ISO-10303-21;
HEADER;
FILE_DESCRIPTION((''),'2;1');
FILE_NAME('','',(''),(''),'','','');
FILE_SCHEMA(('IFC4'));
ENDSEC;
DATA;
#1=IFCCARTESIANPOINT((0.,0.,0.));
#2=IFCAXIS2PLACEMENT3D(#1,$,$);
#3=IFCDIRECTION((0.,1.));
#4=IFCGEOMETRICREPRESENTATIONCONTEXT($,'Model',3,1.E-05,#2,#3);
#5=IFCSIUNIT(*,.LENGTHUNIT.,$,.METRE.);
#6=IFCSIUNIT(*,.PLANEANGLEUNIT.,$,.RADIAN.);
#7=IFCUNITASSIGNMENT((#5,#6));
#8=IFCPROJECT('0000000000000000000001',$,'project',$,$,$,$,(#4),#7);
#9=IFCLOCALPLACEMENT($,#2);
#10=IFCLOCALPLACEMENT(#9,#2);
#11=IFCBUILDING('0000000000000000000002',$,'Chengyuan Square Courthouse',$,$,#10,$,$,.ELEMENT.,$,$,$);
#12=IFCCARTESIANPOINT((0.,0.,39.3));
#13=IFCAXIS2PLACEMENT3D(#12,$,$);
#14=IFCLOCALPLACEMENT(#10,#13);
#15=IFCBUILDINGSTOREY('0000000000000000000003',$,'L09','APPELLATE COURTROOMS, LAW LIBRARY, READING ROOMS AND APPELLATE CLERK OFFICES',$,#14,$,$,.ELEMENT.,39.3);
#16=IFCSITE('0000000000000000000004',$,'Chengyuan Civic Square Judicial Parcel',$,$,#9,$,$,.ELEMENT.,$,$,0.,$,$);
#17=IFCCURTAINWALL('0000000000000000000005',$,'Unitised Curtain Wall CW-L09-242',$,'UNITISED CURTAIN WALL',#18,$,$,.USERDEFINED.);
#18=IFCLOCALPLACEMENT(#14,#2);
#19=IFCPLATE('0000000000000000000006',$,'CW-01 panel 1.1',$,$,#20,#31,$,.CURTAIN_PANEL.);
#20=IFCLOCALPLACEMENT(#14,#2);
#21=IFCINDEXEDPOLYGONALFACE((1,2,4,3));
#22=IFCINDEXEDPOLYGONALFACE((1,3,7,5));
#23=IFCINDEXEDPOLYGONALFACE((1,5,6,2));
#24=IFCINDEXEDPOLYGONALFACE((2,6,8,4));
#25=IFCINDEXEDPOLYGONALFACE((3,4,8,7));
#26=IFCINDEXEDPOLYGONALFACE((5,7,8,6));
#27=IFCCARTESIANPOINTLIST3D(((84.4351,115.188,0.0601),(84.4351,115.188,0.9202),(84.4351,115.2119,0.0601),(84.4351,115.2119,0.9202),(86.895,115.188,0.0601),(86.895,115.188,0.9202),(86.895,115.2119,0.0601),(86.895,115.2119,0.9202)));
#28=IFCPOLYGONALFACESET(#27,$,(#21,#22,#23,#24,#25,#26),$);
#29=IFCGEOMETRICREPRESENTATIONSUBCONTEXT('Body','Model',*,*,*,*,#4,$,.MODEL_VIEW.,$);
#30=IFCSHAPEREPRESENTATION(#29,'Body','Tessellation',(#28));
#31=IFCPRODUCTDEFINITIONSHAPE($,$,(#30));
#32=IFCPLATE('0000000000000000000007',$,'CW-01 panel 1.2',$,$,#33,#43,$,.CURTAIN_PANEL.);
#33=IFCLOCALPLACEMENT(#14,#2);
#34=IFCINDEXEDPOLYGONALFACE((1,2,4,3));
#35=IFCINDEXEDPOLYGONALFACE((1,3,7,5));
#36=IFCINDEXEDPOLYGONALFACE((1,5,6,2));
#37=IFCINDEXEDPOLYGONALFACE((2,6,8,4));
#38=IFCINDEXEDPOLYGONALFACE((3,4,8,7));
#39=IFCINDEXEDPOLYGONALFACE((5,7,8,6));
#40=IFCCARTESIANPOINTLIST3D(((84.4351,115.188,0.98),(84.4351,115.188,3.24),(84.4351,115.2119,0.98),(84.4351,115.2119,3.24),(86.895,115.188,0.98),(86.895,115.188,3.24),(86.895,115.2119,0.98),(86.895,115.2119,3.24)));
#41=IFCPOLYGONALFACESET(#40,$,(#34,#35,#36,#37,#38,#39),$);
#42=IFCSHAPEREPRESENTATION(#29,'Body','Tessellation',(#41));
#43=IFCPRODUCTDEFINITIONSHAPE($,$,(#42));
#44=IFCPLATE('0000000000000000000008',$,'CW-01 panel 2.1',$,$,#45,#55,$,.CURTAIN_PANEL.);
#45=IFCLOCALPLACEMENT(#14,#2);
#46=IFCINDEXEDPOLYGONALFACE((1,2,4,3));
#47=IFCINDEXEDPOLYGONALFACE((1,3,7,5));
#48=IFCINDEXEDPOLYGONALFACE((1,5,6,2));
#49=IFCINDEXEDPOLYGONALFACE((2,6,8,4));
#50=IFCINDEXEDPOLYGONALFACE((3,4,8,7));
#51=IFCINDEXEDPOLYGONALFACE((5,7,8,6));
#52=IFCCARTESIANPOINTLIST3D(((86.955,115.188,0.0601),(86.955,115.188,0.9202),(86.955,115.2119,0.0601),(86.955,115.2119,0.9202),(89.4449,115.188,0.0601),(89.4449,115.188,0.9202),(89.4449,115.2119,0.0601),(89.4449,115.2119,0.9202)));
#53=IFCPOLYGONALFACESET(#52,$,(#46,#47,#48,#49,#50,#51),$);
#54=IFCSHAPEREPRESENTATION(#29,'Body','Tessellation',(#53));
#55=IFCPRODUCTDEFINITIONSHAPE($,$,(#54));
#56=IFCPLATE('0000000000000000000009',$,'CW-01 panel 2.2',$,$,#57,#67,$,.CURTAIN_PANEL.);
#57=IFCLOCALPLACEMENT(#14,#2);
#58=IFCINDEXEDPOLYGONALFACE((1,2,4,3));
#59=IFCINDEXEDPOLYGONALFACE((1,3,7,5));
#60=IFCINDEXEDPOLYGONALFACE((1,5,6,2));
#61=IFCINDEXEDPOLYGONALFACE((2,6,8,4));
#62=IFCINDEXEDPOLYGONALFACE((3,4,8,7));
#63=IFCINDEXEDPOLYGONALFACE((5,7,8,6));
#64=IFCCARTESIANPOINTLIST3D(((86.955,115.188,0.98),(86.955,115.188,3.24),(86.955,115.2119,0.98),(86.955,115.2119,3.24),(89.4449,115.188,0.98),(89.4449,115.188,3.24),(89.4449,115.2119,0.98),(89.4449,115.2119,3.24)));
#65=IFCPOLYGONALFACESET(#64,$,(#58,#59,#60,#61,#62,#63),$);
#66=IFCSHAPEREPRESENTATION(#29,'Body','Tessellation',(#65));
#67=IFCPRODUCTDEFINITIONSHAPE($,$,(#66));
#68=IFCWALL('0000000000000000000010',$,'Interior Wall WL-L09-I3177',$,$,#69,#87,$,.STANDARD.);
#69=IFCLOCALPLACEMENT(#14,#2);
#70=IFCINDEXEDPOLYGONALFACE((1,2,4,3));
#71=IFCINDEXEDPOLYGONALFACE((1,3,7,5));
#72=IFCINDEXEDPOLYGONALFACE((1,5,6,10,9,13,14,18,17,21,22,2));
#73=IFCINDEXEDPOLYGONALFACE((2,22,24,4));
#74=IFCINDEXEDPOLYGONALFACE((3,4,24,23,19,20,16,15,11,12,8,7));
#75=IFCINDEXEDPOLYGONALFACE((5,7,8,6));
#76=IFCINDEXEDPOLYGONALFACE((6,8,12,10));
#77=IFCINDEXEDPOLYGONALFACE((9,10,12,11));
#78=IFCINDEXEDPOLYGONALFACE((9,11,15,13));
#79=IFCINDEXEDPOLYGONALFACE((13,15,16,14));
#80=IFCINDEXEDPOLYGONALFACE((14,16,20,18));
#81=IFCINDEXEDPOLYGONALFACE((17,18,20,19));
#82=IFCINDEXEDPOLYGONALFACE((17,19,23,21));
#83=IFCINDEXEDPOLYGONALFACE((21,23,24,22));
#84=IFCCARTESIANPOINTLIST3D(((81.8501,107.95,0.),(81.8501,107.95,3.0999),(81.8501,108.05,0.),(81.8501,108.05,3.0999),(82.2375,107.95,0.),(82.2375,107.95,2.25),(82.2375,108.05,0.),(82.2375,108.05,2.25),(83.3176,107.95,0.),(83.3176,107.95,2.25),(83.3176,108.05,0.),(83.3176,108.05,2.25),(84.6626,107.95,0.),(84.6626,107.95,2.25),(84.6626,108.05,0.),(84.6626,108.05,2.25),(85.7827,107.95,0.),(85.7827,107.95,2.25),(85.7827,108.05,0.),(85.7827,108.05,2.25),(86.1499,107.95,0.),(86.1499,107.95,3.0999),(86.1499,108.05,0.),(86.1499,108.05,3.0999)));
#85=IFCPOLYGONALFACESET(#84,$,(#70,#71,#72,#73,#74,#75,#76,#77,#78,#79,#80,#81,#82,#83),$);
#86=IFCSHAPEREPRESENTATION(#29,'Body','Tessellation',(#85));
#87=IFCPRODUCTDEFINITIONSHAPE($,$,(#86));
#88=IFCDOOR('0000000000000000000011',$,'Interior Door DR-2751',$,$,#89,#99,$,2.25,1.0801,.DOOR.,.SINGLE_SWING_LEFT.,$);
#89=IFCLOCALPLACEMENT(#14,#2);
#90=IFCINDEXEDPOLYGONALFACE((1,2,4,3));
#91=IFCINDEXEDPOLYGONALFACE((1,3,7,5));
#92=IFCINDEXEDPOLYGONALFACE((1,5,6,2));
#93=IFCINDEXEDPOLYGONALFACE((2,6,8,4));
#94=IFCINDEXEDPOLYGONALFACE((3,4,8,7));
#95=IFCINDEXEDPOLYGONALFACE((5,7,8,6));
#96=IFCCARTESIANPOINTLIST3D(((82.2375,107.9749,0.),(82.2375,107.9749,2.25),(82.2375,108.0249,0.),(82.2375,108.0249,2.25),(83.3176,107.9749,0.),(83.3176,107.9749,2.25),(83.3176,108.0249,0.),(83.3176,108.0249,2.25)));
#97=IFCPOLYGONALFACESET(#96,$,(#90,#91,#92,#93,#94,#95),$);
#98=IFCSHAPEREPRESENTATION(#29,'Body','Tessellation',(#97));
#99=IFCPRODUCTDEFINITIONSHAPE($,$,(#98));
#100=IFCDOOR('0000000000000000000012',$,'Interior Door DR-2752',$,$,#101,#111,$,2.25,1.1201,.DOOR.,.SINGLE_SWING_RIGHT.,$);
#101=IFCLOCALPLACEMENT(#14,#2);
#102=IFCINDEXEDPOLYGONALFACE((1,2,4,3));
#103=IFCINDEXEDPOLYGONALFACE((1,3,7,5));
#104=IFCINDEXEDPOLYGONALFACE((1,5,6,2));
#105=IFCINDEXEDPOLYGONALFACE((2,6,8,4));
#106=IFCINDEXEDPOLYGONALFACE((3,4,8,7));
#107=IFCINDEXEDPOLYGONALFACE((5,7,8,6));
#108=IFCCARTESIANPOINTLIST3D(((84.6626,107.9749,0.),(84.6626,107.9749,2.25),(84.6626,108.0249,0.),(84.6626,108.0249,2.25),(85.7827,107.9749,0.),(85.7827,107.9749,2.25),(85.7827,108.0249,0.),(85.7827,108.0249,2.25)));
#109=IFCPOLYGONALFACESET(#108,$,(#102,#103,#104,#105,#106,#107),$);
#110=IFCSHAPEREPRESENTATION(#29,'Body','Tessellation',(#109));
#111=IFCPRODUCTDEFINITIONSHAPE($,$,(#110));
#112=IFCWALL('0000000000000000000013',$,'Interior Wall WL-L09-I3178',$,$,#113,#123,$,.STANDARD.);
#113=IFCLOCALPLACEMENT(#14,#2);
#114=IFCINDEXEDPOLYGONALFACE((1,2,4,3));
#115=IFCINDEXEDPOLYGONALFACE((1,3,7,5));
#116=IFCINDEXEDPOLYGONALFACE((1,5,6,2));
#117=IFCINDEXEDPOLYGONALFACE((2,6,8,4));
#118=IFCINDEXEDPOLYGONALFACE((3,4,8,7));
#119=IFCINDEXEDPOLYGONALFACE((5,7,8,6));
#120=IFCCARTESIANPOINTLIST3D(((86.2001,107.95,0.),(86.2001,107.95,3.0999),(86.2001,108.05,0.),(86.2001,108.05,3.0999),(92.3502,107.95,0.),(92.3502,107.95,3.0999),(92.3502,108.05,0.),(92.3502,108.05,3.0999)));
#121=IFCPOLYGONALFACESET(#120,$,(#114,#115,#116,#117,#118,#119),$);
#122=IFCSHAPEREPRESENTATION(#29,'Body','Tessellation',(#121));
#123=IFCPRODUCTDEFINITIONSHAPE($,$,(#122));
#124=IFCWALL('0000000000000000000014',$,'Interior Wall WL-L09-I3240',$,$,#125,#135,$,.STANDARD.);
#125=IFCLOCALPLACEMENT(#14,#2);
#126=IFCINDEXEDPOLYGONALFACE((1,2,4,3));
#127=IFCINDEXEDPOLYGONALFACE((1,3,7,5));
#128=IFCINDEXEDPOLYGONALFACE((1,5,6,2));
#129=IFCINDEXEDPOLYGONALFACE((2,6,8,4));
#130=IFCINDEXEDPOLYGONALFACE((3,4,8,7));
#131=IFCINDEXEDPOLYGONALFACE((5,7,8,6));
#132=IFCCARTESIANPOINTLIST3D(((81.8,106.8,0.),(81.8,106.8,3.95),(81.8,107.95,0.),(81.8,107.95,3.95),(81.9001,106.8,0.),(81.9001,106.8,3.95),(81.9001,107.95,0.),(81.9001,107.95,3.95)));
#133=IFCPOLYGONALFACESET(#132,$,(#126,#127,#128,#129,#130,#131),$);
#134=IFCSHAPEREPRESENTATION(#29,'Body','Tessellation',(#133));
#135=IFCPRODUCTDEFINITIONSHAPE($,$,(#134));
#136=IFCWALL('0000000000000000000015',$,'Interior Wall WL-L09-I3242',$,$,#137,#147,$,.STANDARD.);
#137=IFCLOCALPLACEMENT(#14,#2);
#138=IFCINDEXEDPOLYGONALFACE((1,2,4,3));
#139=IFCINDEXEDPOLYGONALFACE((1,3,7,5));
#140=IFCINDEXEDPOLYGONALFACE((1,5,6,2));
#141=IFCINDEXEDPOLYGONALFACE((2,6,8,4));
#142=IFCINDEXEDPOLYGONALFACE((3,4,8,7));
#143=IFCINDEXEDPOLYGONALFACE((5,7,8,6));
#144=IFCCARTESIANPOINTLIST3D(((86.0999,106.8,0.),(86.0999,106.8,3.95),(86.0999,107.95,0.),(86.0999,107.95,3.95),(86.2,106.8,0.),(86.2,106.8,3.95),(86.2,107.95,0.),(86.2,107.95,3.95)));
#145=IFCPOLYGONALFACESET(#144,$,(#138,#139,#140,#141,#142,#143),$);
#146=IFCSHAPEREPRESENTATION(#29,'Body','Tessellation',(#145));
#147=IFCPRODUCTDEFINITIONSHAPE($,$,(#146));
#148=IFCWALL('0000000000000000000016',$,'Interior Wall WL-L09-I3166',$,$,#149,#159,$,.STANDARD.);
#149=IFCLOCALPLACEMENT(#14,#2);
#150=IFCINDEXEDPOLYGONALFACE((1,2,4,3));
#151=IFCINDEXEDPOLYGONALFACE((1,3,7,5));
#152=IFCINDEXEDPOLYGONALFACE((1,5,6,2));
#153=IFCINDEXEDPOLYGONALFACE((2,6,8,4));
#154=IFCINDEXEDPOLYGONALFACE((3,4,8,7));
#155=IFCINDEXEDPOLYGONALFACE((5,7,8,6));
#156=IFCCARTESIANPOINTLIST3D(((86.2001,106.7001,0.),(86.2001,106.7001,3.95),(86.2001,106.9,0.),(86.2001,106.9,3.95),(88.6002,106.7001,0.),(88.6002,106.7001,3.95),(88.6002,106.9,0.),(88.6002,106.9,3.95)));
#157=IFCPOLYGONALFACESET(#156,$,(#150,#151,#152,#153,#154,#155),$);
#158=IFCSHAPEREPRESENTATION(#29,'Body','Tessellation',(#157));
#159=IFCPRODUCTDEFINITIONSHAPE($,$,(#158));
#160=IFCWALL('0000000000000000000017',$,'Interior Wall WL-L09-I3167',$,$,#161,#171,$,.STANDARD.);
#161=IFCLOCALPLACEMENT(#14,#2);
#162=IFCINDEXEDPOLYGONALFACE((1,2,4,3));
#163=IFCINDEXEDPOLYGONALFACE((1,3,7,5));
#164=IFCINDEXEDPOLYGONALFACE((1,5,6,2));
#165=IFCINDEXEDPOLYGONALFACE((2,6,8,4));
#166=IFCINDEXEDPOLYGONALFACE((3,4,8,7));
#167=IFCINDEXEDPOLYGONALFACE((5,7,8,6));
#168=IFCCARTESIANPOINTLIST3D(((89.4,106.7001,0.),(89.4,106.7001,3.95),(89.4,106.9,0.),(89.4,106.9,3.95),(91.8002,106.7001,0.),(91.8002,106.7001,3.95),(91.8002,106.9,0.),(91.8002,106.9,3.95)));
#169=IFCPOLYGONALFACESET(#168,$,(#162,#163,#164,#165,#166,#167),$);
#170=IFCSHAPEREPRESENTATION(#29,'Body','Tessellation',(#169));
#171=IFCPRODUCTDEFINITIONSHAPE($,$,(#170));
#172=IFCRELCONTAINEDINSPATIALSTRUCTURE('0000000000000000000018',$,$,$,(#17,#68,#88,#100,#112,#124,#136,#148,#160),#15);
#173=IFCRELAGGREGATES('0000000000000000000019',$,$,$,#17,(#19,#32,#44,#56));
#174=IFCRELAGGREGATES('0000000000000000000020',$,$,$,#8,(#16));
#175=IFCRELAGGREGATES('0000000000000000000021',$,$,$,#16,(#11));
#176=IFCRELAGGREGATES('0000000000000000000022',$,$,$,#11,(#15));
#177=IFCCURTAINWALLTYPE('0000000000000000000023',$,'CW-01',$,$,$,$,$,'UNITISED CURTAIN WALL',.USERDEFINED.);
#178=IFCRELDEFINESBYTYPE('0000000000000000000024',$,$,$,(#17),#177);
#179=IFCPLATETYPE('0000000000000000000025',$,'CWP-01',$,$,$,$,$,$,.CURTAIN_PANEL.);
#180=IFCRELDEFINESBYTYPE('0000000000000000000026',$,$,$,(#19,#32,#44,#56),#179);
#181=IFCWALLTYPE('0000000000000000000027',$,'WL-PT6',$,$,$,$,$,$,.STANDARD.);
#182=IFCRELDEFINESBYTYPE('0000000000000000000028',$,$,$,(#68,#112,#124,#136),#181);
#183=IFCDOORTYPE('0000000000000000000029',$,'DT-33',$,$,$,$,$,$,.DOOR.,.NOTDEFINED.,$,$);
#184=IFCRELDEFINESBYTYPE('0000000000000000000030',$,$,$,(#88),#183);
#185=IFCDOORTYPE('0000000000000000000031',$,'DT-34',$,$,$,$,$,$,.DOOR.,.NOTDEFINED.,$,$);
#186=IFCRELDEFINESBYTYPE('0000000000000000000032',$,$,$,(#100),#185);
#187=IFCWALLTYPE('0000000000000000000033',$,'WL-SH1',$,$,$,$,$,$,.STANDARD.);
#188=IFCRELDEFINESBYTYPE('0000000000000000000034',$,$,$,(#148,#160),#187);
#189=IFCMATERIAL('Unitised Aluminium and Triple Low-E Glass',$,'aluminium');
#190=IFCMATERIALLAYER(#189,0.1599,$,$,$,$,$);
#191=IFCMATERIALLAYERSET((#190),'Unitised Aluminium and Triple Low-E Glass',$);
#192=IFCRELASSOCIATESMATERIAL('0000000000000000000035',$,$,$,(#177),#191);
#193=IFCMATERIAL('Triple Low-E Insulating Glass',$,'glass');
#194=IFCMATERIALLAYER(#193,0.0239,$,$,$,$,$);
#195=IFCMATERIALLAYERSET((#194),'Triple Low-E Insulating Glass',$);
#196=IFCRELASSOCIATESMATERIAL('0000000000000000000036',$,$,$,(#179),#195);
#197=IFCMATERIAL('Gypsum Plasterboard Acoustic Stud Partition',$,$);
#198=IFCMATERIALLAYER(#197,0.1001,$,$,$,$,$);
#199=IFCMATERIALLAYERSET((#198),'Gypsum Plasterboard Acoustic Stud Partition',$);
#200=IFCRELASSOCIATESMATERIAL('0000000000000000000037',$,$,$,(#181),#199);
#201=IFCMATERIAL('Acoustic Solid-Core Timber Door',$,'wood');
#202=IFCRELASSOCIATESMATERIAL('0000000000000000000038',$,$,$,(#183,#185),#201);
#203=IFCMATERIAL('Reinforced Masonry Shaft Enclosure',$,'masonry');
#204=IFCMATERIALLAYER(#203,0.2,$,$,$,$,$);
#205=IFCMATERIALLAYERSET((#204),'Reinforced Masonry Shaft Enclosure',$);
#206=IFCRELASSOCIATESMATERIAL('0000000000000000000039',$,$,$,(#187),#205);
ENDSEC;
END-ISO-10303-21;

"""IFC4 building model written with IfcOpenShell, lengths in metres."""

from ifc_helpers import new_model, si_unit, direction, frame, frame_2d, origin, origin_2d, place, context, subcontext, project, spatial, rectangle, extrude, material, layer, layer_set, type_object, element, fill, aggregate, save


model = new_model("IFC4")

# Units and contexts
model_context = context("Model", 3, precision=1e-05, world=origin(), true_north=direction((0.0, 1.0)))
body_context = subcontext(model_context, "Body", "Model", "MODEL_VIEW")
ifc_project = project(units=[si_unit("LENGTHUNIT", "METRE"), si_unit("PLANEANGLEUNIT", "RADIAN")], contexts=[model_context])

# Site, building, storey
site_placement = place(None, origin())
site = spatial("IfcSite", under=ifc_project, at=site_placement, Name="Chengyuan Civic Square Judicial Parcel", CompositionType="ELEMENT", RefElevation=0.0)
building_placement = place(site_placement, origin())
building = spatial("IfcBuilding", under=site, at=building_placement, Name="Chengyuan Square Courthouse", CompositionType="ELEMENT")
storey_placement = place(building_placement, frame((0.0, 0.0, 39.3)))
storey = spatial("IfcBuildingStorey", under=building, at=storey_placement, Name="L09", Description="APPELLATE COURTROOMS, LAW LIBRARY, READING ROOMS AND APPELLATE CLERK OFFICES", CompositionType="ELEMENT", Elevation=39.3)

# Curtain wall, plates
ifc_material_1 = material(Name="Unitised Aluminium and Triple Low-E Glass", Category="aluminium")
ifc_layer_1 = layer(ifc_material_1, 0.1599)
ifc_layer_set_1 = layer_set([ifc_layer_1], Name="Unitised Aluminium and Triple Low-E Glass")
curtain_wall_type = type_object("IfcCurtainWallType", Name="CW-01", ElementType="UNITISED CURTAIN WALL", PredefinedType="USERDEFINED", material=ifc_layer_set_1)
curtain_wall_placement = place(storey_placement, origin())
curtain_wall = element("IfcCurtainWall", 1, at=curtain_wall_placement, inside=storey, type_object=curtain_wall_type, Name="Unitised Curtain Wall CW-L09-242", ObjectType="UNITISED CURTAIN WALL", PredefinedType="USERDEFINED")
ifc_material_2 = material(Name="Triple Low-E Insulating Glass", Category="glass")
ifc_layer_2 = layer(ifc_material_2, 0.0239)
ifc_layer_set_2 = layer_set([ifc_layer_2], Name="Triple Low-E Insulating Glass")
plate_type = type_object("IfcPlateType", Name="CWP-01", PredefinedType="CURTAIN_PANEL", material=ifc_layer_set_2)
plate_1_placement = place(storey_placement, frame((85.665, 115.2, 0.0601), z_axis=(0.0, 0.0, 1.0), x_axis=(1.0, 0.0, 0.0)))
plate_1 = element("IfcPlate", 2, at=plate_1_placement, type_object=plate_type, Name="CW-01 panel 1.1", PredefinedType="CURTAIN_PANEL", context=body_context, shape_type="SweptSolid", body=[
    extrude(rectangle(XDim=2.46, YDim=0.0239, at=origin_2d()), origin(), (0.0, 0.0, 1.0), 0.8601),
])
plate_2_placement = place(storey_placement, frame((85.665, 115.2, 0.98), z_axis=(0.0, 0.0, 1.0), x_axis=(1.0, 0.0, 0.0)))
plate_2 = element("IfcPlate", 3, at=plate_2_placement, type_object=plate_type, Name="CW-01 panel 1.2", PredefinedType="CURTAIN_PANEL", context=body_context, shape_type="SweptSolid", body=[
    extrude(rectangle(XDim=2.46, YDim=0.0239, at=origin_2d()), origin(), (0.0, 0.0, 1.0), 2.26),
])
plate_3_placement = place(storey_placement, frame((88.2, 115.2, 0.0601), z_axis=(0.0, 0.0, 1.0), x_axis=(1.0, 0.0, 0.0)))
plate_3 = element("IfcPlate", 4, at=plate_3_placement, type_object=plate_type, Name="CW-01 panel 2.1", PredefinedType="CURTAIN_PANEL", context=body_context, shape_type="SweptSolid", body=[
    extrude(rectangle(XDim=2.49, YDim=0.0239, at=origin_2d()), origin(), (0.0, 0.0, 1.0), 0.8601),
])
plate_4_placement = place(storey_placement, frame((88.2, 115.2, 0.98), z_axis=(0.0, 0.0, 1.0), x_axis=(1.0, 0.0, 0.0)))
plate_4 = element("IfcPlate", 5, at=plate_4_placement, type_object=plate_type, Name="CW-01 panel 2.2", PredefinedType="CURTAIN_PANEL", context=body_context, shape_type="SweptSolid", body=[
    extrude(rectangle(XDim=2.49, YDim=0.0239, at=origin_2d()), origin(), (0.0, 0.0, 1.0), 2.26),
])
aggregate(curtain_wall, [plate_1, plate_2, plate_3, plate_4])

# Wall, openings, doors
ifc_material_3 = material(Name="Gypsum Plasterboard Acoustic Stud Partition")
ifc_layer_3 = layer(ifc_material_3, 0.1001)
ifc_layer_set_3 = layer_set([ifc_layer_3], Name="Gypsum Plasterboard Acoustic Stud Partition")
wall_type_1 = type_object("IfcWallType", Name="WL-PT6", PredefinedType="STANDARD", material=ifc_layer_set_3)
wall_1_placement = place(storey_placement, frame((81.8501, 108.0, 0.0), z_axis=(0.0, 0.0, 1.0), x_axis=(1.0, 0.0, 0.0)))
wall_1 = element("IfcWall", 6, at=wall_1_placement, inside=storey, type_object=wall_type_1, Name="Interior Wall WL-L09-I3177", PredefinedType="STANDARD", context=body_context, shape_type="SweptSolid", body=[
    extrude(rectangle(XDim=4.2998, YDim=0.1001, at=frame_2d((2.1499, 0.0))), origin(), (0.0, 0.0, 1.0), 3.0999),
])
opening_1_placement = place(wall_1_placement, frame((0.3875, 0.0, 0.0)))
opening_1 = element("IfcOpeningElement", 7, at=opening_1_placement, cuts=wall_1, PredefinedType="OPENING", context=body_context, shape_type="SweptSolid", body=[
    extrude(rectangle(XDim=1.0801, YDim=2.25, at=frame_2d((0.54, 1.125))), frame((0.0, 0.062, 0.0), z_axis=(0.0, -1.0, 0.0), x_axis=(1.0, 0.0, 0.0)), (0.0, 0.0, 1.0), 0.124),
])
opening_2_placement = place(wall_1_placement, frame((2.8125, 0.0, 0.0)))
opening_2 = element("IfcOpeningElement", 8, at=opening_2_placement, cuts=wall_1, PredefinedType="OPENING", context=body_context, shape_type="SweptSolid", body=[
    extrude(rectangle(XDim=1.1201, YDim=2.25, at=frame_2d((0.5601, 1.125))), frame((0.0, 0.062, 0.0), z_axis=(0.0, -1.0, 0.0), x_axis=(1.0, 0.0, 0.0)), (0.0, 0.0, 1.0), 0.124),
])
ifc_material_4 = material(Name="Acoustic Solid-Core Timber Door", Category="wood")
door_type_1 = type_object("IfcDoorType", Name="DT-33", OperationType="NOTDEFINED", PredefinedType="DOOR", material=ifc_material_4)
door_1_placement = place(opening_1_placement, origin())
door_1 = element("IfcDoor", 9, at=door_1_placement, inside=storey, type_object=door_type_1, Name="Interior Door DR-2751", OperationType="SINGLE_SWING_LEFT", OverallHeight=2.25, OverallWidth=1.0801, PredefinedType="DOOR", context=body_context, shape_type="SweptSolid", body=[
    extrude(rectangle(XDim=1.0801, YDim=2.25, at=frame_2d((0.54, 1.125))), frame((0.0, 0.0249, 0.0), z_axis=(0.0, -1.0, 0.0), x_axis=(1.0, 0.0, 0.0)), (0.0, 0.0, 1.0), 0.05),
])
fill(opening_1, door_1)
door_type_2 = type_object("IfcDoorType", Name="DT-34", OperationType="NOTDEFINED", PredefinedType="DOOR", material=ifc_material_4)
door_2_placement = place(opening_2_placement, origin())
door_2 = element("IfcDoor", 10, at=door_2_placement, inside=storey, type_object=door_type_2, Name="Interior Door DR-2752", OperationType="SINGLE_SWING_RIGHT", OverallHeight=2.25, OverallWidth=1.1201, PredefinedType="DOOR", context=body_context, shape_type="SweptSolid", body=[
    extrude(rectangle(XDim=1.1201, YDim=2.25, at=frame_2d((0.5601, 1.125))), frame((0.0, 0.0249, 0.0), z_axis=(0.0, -1.0, 0.0), x_axis=(1.0, 0.0, 0.0)), (0.0, 0.0, 1.0), 0.05),
])
fill(opening_2, door_2)

# Walls
wall_2_placement = place(storey_placement, frame((86.2, 108.0, 0.0), z_axis=(0.0, 0.0, 1.0), x_axis=(1.0, 0.0, 0.0)))
element("IfcWall", 11, at=wall_2_placement, inside=storey, type_object=wall_type_1, Name="Interior Wall WL-L09-I3178", PredefinedType="STANDARD", context=body_context, shape_type="SweptSolid", body=[
    extrude(rectangle(XDim=6.1501, YDim=0.1001, at=frame_2d((3.0752, 0.0))), origin(), (0.0, 0.0, 1.0), 3.0999),
])
for number, where, z_axis, x_axis, name in (
    (12, (81.8501, 106.8, 0.0), (0.0, 0.0, 1.0), (0.0, 1.0, 0.0), "Interior Wall WL-L09-I3240"),
    (13, (86.1499, 106.8, 0.0), (0.0, 0.0, 1.0), (0.0, 1.0, 0.0), "Interior Wall WL-L09-I3242"),
):
    element("IfcWall", number, at=place(storey_placement, frame(where, z_axis=z_axis, x_axis=x_axis)), inside=storey, type_object=wall_type_1, Name=name, PredefinedType="STANDARD", context=body_context, shape_type="SweptSolid", body=[
        extrude(rectangle(XDim=1.1499, YDim=0.1001, at=frame_2d((0.575, 0.0))), origin(), (0.0, 0.0, 1.0), 3.95),
    ])
ifc_material_5 = material(Name="Reinforced Masonry Shaft Enclosure", Category="masonry")
ifc_layer_4 = layer(ifc_material_5, 0.2)
ifc_layer_set_4 = layer_set([ifc_layer_4], Name="Reinforced Masonry Shaft Enclosure")
wall_type_2 = type_object("IfcWallType", Name="WL-SH1", PredefinedType="STANDARD", material=ifc_layer_set_4)
for number, where, z_axis, x_axis, name in (
    (14, (86.2, 106.8, 0.0), (0.0, 0.0, 1.0), (1.0, 0.0, 0.0), "Interior Wall WL-L09-I3166"),
    (15, (89.3999, 106.8, 0.0), (0.0, 0.0, 1.0), (1.0, 0.0, 0.0), "Interior Wall WL-L09-I3167"),
):
    element("IfcWall", number, at=place(storey_placement, frame(where, z_axis=z_axis, x_axis=x_axis)), inside=storey, type_object=wall_type_2, Name=name, PredefinedType="STANDARD", context=body_context, shape_type="SweptSolid", body=[
        extrude(rectangle(XDim=2.4001, YDim=0.2, at=frame_2d((1.2002, 0.0))), origin(), (0.0, 0.0, 1.0), 3.95),
    ])

save(model, "model.ifc")
